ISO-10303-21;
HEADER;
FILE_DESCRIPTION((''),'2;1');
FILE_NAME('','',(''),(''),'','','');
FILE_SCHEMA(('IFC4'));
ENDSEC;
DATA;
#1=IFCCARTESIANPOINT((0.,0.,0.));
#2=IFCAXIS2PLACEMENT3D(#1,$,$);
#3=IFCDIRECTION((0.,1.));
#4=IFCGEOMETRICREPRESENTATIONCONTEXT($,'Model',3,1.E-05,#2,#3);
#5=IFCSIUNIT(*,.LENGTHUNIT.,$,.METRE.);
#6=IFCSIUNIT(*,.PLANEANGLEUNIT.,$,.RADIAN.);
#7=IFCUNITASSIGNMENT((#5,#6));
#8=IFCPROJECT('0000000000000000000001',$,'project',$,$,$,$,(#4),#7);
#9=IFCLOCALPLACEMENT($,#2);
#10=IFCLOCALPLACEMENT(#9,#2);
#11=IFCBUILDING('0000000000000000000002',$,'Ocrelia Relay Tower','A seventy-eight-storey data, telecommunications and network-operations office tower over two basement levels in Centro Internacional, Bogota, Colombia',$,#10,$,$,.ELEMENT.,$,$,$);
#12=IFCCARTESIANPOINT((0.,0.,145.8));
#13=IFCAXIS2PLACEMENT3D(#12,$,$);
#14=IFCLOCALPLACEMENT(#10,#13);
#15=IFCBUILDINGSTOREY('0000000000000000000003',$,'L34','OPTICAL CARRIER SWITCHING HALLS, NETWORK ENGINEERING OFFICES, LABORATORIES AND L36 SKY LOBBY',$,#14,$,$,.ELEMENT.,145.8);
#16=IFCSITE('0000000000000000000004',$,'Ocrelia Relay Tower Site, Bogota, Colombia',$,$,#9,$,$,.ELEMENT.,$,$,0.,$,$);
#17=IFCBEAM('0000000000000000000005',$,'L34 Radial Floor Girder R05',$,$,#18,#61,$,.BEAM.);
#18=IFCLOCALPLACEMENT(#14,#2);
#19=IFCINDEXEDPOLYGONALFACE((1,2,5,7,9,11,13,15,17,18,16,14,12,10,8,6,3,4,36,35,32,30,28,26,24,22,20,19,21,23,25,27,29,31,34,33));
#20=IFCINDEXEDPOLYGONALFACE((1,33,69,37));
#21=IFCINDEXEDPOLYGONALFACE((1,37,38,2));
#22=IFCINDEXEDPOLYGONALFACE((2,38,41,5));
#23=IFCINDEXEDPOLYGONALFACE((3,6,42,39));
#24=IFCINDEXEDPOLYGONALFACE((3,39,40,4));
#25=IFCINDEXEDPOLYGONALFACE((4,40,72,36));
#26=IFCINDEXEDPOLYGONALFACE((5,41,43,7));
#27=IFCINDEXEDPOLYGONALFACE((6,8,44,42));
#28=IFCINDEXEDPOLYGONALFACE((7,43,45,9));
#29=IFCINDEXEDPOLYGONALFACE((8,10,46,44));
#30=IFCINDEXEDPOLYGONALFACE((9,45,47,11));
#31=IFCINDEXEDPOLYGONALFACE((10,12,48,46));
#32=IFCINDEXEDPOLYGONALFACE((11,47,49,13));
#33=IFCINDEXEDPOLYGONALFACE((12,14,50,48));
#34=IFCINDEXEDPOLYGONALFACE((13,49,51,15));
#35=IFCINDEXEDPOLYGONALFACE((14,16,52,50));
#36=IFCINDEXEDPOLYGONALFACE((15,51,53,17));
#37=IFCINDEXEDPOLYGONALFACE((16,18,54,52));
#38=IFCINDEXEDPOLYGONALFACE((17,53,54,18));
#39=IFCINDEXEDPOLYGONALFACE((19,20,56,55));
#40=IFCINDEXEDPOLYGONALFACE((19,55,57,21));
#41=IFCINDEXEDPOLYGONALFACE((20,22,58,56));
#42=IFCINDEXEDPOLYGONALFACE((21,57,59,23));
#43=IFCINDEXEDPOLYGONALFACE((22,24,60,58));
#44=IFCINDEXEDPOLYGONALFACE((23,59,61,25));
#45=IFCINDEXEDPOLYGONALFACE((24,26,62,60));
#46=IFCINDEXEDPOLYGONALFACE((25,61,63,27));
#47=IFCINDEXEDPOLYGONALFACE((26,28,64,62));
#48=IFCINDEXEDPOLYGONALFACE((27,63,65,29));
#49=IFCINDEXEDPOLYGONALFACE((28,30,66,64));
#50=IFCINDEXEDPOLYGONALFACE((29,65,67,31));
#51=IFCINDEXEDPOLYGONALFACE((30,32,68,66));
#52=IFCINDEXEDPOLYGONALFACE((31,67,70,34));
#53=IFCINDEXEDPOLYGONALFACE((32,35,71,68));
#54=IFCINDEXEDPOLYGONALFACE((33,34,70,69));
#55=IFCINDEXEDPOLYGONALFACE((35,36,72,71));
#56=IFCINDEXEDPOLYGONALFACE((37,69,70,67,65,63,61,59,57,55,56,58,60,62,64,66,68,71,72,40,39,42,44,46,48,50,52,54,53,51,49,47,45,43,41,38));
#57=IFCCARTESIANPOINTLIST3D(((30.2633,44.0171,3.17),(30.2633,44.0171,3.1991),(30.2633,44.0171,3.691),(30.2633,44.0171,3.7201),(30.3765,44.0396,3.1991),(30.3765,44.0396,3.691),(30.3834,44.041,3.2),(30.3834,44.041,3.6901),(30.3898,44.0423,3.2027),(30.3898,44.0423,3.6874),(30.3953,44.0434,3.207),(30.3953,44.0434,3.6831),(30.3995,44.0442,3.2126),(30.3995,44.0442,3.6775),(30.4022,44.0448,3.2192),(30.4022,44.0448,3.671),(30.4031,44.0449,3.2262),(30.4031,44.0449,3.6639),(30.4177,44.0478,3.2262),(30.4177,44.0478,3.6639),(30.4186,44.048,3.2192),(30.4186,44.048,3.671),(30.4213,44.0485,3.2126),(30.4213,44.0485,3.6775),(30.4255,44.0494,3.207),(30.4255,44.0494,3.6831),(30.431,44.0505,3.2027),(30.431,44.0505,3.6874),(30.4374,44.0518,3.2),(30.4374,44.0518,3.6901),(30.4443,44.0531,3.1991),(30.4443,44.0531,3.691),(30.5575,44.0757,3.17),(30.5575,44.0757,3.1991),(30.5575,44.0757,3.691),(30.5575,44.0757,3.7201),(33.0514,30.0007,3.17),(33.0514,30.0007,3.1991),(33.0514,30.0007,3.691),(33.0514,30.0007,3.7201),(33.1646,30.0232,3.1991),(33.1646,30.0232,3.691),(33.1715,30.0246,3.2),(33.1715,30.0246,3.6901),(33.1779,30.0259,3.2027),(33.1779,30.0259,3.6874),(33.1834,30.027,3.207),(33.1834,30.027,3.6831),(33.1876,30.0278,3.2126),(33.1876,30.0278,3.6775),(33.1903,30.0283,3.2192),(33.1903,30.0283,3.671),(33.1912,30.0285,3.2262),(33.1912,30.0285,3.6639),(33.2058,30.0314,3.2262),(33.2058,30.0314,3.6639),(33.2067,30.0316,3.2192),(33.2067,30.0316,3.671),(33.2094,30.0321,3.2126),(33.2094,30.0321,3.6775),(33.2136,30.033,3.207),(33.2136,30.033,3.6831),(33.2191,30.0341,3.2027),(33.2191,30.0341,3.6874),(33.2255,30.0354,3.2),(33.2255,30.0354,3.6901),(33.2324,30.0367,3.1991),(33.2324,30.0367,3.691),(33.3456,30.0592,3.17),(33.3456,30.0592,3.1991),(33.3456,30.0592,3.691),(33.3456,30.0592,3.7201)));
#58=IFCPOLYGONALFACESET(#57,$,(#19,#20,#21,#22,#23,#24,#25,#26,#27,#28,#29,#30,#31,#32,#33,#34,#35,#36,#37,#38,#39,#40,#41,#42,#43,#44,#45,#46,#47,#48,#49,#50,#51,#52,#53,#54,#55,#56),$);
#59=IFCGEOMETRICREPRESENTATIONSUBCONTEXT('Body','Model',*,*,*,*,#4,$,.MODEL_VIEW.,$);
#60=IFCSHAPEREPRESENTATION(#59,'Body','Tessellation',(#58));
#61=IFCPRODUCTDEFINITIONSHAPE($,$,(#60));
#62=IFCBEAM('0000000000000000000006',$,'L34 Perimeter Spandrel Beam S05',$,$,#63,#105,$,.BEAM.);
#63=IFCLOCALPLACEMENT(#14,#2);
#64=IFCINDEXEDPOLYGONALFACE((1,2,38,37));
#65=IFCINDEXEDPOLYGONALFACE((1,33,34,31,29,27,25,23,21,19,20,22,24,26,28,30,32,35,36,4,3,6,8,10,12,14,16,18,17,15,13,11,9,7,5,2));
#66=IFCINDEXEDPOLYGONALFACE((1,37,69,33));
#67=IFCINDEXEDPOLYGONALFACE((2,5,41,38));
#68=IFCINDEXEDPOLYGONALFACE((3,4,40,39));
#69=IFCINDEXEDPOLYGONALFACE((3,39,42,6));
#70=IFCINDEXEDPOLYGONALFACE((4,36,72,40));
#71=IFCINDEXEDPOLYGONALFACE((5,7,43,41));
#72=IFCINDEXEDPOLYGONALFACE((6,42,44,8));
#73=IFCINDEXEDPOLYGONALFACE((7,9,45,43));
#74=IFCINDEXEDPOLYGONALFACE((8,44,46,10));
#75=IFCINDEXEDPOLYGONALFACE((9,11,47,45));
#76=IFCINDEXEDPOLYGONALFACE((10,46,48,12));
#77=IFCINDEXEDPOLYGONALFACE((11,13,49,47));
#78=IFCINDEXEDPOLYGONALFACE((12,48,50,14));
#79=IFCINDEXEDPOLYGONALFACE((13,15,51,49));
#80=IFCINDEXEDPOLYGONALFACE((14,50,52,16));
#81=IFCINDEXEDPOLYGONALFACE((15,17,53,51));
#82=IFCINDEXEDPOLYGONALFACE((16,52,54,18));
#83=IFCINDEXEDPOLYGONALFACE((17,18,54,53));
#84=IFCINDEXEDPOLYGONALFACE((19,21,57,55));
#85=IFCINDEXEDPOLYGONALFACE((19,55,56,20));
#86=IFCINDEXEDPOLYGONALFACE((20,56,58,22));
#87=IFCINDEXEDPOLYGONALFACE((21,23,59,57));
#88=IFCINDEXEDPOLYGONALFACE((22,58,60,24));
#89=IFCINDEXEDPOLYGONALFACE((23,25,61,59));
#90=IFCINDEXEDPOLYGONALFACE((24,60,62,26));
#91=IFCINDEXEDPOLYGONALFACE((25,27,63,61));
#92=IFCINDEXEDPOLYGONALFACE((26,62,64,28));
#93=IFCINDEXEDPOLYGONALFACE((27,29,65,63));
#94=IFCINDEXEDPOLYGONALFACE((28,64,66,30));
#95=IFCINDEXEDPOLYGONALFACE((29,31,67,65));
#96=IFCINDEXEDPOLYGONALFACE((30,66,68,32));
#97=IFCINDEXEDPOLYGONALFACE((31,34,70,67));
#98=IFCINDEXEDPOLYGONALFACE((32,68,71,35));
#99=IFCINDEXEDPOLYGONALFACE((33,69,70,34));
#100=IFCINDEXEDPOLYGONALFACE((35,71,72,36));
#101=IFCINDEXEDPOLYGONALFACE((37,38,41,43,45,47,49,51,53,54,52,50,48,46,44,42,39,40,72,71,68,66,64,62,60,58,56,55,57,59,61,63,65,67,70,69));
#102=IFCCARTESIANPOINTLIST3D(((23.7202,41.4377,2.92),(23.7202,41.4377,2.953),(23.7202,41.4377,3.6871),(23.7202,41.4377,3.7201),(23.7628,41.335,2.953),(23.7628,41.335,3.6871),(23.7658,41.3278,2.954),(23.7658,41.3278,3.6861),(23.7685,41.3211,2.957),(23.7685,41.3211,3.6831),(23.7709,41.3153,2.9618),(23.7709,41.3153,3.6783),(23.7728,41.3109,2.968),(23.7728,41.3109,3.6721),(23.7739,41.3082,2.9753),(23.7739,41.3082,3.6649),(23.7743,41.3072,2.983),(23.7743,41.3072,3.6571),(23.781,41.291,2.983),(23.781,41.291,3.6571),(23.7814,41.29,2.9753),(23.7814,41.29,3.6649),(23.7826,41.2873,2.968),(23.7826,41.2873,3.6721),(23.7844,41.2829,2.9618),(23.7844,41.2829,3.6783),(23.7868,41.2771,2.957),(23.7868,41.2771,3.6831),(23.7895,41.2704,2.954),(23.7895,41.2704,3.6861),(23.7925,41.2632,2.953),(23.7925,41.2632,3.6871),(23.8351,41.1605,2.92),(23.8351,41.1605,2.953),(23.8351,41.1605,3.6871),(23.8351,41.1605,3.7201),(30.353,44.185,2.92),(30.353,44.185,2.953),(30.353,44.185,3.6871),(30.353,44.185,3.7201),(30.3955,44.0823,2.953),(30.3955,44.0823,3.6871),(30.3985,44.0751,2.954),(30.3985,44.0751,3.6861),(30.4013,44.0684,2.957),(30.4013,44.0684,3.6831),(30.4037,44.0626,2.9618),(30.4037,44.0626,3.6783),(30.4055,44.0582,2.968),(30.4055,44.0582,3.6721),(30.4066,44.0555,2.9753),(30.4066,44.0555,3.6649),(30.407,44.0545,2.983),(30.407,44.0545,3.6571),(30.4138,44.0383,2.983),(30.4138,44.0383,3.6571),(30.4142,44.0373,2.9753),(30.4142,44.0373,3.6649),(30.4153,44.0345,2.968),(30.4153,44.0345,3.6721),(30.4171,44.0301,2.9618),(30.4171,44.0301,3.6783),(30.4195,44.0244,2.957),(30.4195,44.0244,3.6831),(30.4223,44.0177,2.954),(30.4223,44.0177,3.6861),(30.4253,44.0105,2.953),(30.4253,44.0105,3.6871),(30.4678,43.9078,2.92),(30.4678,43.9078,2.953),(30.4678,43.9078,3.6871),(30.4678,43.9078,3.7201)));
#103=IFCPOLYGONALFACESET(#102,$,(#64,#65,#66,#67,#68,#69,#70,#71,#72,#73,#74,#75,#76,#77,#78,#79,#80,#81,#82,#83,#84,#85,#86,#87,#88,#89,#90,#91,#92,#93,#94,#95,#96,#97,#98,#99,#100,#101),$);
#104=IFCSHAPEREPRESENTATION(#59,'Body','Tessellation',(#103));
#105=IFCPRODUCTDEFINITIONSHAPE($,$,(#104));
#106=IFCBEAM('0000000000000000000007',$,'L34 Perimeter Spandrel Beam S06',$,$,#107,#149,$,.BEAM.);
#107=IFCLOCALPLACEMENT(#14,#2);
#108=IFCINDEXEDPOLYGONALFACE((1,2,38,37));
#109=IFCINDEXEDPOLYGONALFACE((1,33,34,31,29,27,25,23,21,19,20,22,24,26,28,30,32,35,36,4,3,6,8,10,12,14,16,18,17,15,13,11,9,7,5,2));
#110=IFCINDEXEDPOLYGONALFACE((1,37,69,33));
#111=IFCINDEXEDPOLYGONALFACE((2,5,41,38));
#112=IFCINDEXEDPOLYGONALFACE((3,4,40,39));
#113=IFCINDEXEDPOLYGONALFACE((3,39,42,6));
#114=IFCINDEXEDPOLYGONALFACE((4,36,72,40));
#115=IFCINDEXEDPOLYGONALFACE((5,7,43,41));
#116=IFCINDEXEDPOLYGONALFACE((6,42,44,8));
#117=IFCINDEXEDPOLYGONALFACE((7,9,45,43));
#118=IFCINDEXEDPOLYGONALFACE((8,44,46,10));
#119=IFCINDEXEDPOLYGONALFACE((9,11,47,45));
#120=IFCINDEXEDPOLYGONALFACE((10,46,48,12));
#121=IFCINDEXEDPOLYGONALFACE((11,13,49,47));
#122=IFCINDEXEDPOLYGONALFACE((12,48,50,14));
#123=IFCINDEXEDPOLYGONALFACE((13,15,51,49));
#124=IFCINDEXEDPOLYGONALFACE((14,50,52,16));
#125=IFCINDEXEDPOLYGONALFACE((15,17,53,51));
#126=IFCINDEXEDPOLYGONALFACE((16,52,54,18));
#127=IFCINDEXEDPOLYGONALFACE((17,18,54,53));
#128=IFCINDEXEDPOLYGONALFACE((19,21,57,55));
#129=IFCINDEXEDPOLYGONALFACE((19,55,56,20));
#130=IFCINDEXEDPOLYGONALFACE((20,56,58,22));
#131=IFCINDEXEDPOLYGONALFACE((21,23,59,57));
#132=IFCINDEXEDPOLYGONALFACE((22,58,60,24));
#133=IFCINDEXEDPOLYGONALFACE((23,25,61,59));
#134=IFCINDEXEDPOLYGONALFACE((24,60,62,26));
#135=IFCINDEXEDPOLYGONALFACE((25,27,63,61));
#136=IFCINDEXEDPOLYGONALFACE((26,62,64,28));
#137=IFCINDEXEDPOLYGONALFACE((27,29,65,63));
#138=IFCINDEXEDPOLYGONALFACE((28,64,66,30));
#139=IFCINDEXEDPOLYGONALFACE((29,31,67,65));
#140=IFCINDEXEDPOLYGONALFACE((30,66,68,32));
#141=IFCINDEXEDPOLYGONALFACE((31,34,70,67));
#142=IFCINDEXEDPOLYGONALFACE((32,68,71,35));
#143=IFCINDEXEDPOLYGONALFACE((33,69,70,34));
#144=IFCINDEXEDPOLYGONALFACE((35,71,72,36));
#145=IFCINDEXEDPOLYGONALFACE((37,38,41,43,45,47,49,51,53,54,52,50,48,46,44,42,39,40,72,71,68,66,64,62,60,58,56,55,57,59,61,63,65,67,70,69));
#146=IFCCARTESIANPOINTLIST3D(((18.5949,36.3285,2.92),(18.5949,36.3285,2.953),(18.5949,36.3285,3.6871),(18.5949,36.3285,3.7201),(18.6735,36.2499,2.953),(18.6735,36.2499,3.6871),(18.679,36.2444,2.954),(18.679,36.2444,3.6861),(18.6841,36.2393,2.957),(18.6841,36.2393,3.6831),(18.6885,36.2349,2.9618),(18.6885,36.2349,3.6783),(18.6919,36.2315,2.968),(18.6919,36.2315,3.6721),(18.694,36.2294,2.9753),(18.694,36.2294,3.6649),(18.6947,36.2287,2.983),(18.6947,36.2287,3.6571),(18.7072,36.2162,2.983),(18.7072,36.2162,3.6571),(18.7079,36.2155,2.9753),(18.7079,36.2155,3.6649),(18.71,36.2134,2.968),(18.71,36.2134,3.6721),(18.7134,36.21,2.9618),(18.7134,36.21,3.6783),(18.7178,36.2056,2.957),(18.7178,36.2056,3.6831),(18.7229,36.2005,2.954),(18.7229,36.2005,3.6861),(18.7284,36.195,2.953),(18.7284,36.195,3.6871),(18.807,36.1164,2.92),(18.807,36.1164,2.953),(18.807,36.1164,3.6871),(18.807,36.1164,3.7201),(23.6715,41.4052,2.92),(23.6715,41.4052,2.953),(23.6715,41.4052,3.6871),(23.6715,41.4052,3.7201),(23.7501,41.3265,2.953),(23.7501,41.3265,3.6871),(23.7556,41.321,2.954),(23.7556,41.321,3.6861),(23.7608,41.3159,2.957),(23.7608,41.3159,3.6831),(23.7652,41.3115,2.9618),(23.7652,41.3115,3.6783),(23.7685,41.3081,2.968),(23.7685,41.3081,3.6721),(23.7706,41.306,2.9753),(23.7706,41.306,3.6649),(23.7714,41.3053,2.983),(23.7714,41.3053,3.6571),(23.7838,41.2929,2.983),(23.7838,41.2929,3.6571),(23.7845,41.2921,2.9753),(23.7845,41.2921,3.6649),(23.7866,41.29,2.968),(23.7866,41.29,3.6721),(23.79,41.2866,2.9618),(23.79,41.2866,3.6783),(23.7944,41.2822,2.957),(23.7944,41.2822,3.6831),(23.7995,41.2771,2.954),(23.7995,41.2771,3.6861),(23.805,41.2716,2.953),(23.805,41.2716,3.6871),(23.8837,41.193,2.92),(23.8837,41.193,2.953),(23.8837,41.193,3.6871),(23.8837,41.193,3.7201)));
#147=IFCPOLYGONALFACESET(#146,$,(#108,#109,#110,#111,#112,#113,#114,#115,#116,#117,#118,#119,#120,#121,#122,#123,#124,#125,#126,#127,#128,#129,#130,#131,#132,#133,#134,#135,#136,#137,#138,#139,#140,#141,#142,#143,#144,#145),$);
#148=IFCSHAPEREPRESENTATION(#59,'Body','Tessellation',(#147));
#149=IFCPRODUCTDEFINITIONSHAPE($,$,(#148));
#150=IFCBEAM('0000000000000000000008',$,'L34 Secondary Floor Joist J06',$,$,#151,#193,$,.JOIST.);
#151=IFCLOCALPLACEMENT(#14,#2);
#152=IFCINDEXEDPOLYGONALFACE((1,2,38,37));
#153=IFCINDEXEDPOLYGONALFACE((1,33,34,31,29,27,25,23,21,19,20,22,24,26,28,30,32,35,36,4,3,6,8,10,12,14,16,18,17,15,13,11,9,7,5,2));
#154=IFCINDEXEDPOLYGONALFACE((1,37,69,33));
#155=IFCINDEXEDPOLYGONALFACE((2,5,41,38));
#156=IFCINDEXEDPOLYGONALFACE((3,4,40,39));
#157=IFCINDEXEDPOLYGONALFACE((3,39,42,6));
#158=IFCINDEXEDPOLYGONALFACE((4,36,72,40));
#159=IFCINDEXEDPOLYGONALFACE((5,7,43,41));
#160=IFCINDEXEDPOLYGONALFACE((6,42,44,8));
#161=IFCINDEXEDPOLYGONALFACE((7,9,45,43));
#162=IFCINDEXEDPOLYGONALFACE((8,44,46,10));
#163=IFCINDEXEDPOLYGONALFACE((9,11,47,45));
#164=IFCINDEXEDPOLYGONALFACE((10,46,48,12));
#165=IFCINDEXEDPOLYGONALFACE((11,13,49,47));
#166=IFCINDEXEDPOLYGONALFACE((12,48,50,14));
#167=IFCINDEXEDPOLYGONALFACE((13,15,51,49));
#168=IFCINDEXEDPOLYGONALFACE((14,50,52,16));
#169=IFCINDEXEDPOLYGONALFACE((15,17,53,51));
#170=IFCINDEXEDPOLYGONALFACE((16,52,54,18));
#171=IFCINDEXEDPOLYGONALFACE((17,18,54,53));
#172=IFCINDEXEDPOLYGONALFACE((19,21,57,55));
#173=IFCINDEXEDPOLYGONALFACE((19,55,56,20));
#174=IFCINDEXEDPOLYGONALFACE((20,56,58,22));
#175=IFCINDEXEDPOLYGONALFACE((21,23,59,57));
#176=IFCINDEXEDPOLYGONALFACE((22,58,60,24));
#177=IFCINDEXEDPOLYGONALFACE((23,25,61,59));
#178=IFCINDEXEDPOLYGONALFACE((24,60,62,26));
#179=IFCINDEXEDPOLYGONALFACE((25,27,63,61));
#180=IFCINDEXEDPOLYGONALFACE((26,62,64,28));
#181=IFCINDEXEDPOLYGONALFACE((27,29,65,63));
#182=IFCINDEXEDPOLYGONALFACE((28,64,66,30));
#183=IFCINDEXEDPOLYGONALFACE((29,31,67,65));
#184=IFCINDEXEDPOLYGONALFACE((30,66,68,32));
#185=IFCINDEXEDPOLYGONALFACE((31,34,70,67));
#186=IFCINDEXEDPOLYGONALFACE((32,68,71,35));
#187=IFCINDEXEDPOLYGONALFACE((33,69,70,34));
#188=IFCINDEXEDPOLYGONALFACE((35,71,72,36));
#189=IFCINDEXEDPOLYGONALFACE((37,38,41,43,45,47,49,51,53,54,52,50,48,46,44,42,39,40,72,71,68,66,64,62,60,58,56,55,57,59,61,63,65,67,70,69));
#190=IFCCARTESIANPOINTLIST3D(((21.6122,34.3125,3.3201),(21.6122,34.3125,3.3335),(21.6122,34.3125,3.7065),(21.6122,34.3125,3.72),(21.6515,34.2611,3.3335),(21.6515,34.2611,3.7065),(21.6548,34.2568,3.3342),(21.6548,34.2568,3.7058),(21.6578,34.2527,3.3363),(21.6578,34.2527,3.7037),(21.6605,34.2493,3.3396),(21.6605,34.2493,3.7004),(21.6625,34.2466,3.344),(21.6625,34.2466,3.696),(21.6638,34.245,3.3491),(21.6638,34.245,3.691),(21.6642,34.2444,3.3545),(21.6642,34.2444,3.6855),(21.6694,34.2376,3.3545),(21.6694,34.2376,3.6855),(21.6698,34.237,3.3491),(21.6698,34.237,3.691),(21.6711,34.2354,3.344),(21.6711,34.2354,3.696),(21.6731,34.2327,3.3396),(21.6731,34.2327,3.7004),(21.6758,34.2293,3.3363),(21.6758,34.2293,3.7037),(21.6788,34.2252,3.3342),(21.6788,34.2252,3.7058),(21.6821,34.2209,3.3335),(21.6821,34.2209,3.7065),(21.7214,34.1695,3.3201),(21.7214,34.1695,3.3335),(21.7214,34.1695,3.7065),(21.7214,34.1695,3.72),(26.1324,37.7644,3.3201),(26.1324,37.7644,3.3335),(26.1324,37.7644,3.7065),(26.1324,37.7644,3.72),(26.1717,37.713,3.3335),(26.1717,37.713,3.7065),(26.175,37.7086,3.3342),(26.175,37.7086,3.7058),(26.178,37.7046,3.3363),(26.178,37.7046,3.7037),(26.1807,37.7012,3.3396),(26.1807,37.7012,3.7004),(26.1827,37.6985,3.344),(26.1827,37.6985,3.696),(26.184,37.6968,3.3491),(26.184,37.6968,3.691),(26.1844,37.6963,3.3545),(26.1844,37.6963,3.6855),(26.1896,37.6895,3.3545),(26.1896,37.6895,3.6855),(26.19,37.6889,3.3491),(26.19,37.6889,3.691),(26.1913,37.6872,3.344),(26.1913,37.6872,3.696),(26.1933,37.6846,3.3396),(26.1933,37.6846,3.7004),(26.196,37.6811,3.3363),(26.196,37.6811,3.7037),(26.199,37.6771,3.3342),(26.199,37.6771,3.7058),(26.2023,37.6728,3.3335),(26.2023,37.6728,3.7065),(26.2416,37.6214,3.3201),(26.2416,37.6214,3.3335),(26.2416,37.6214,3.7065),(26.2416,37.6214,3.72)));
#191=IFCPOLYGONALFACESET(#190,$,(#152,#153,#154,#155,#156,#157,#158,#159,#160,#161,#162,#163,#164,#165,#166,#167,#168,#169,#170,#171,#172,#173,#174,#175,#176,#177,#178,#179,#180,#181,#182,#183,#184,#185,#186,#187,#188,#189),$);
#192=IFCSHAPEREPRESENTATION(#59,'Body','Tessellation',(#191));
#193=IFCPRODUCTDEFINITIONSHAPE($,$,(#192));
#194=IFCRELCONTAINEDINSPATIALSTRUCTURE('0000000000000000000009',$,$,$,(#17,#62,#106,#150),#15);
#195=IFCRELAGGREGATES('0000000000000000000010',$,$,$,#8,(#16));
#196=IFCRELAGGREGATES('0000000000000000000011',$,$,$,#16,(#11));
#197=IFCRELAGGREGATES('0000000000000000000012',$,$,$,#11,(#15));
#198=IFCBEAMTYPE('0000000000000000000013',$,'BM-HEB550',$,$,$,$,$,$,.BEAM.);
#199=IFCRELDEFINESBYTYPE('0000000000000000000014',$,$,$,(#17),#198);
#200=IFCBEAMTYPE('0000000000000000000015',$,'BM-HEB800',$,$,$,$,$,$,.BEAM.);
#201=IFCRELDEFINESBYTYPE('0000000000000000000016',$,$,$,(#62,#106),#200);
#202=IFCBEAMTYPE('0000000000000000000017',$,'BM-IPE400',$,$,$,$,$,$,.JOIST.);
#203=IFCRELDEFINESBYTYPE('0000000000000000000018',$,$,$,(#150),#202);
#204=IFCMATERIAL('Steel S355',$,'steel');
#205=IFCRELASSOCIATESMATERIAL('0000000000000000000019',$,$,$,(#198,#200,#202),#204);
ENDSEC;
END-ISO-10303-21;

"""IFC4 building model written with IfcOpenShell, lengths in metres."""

from ifc_helpers import new_model, si_unit, direction, frame, origin, origin_2d, place, context, subcontext, project, spatial, i_section, extrude, material, material_profile, profile_set, type_object, element, save


model = new_model("IFC4")

# Units and contexts
model_context = context("Model", 3, precision=1e-05, world=origin(), true_north=direction((0.0, 1.0)))
body_context = subcontext(model_context, "Body", "Model", "MODEL_VIEW")
ifc_project = project(units=[si_unit("LENGTHUNIT", "METRE"), si_unit("PLANEANGLEUNIT", "RADIAN")], contexts=[model_context])

# Site, building, storey
site_placement = place(None, origin())
site = spatial("IfcSite", under=ifc_project, at=site_placement, Name="Ocrelia Relay Tower Site, Bogota, Colombia", CompositionType="ELEMENT", RefElevation=0.0)
building_placement = place(site_placement, origin())
building = spatial("IfcBuilding", under=site, at=building_placement, Name="Ocrelia Relay Tower", Description="A seventy-eight-storey data, telecommunications and network-operations office tower over two basement levels in Centro Internacional, Bogota, Colombia", CompositionType="ELEMENT")
storey_placement = place(building_placement, frame((0.0, 0.0, 145.8)))
storey = spatial("IfcBuildingStorey", under=building, at=storey_placement, Name="L34", Description="OPTICAL CARRIER SWITCHING HALLS, NETWORK ENGINEERING OFFICES, LABORATORIES AND L36 SKY LOBBY", CompositionType="ELEMENT", Elevation=145.8)

# Beams
ifc_material_1 = material(Name="Steel S355", Category="steel")
ifc_material_profile_1 = material_profile(ifc_material_1, i_section(OverallWidth=0.3, OverallDepth=0.55, WebThickness=0.0149, FlangeThickness=0.0291, FilletRadius=0.0271, at=origin_2d()), Name="HEB 550")
ifc_profile_set_1 = profile_set([ifc_material_profile_1], Name="Steel S355")
beam_type_1 = type_object("IfcBeamType", Name="BM-HEB550", PredefinedType="BEAM", material=ifc_profile_set_1)
beam_1_placement = place(storey_placement, frame((30.4104, 44.0464, 3.4451), z_axis=(0.195094, -0.980784, 0.0), x_axis=(0.980784, 0.195094, 0.0)))
element("IfcBeam", 1, at=beam_1_placement, inside=storey, type_object=beam_type_1, Name="L34 Radial Floor Girder R05", PredefinedType="BEAM", context=body_context, shape_type="SweptSolid", body=[
    extrude(i_section(OverallWidth=0.3, OverallDepth=0.55, WebThickness=0.0149, FlangeThickness=0.0291, FilletRadius=0.0271, at=origin_2d()), origin(), (0.0, 0.0, 1.0), 14.291),
])
ifc_material_profile_2 = material_profile(ifc_material_1, i_section(OverallWidth=0.3, OverallDepth=0.8, WebThickness=0.0176, FlangeThickness=0.033, FilletRadius=0.03, at=origin_2d()), Name="HEB 800")
ifc_profile_set_2 = profile_set([ifc_material_profile_2], Name="Steel S355")
beam_type_2 = type_object("IfcBeamType", Name="BM-HEB800", PredefinedType="BEAM", material=ifc_profile_set_2)
beam_2_placement = place(storey_placement, frame((30.4104, 44.0464, 3.3201), z_axis=(-0.923884, -0.382673, 0.0), x_axis=(0.382673, -0.923884, 0.0)))
element("IfcBeam", 2, at=beam_2_placement, inside=storey, type_object=beam_type_2, Name="L34 Perimeter Spandrel Beam S05", PredefinedType="BEAM", context=body_context, shape_type="SweptSolid", body=[
    extrude(i_section(OverallWidth=0.3, OverallDepth=0.8, WebThickness=0.0176, FlangeThickness=0.033, FilletRadius=0.03, at=origin_2d()), origin(), (0.0, 0.0, 1.0), 7.1792),
])
beam_3_placement = place(storey_placement, frame((23.7776, 41.2991, 3.3201), z_axis=(-0.707107, -0.707107, 0.0), x_axis=(0.707107, -0.707107, 0.0)))
element("IfcBeam", 3, at=beam_3_placement, inside=storey, type_object=beam_type_2, Name="L34 Perimeter Spandrel Beam S06", PredefinedType="BEAM", context=body_context, shape_type="SweptSolid", body=[
    extrude(i_section(OverallWidth=0.3, OverallDepth=0.8, WebThickness=0.0176, FlangeThickness=0.033, FilletRadius=0.03, at=origin_2d()), origin(), (0.0, 0.0, 1.0), 7.1794),
])
ifc_material_profile_3 = material_profile(ifc_material_1, i_section(OverallWidth=0.1799, OverallDepth=0.3999, WebThickness=0.0085, FlangeThickness=0.0134, FilletRadius=0.021, at=origin_2d()), Name="IPE 400")
ifc_profile_set_3 = profile_set([ifc_material_profile_3], Name="Steel S355")
beam_type_3 = type_object("IfcBeamType", Name="BM-IPE400", PredefinedType="JOIST", material=ifc_profile_set_3)
beam_4_placement = place(storey_placement, frame((26.187, 37.6929, 3.52), z_axis=(-0.794762, -0.606921, 0.0), x_axis=(0.606921, -0.794762, 0.0)))
element("IfcBeam", 4, at=beam_4_placement, inside=storey, type_object=beam_type_3, Name="L34 Secondary Floor Joist J06", PredefinedType="JOIST", context=body_context, shape_type="SweptSolid", body=[
    extrude(i_section(OverallWidth=0.1799, OverallDepth=0.3999, WebThickness=0.0085, FlangeThickness=0.0134, FilletRadius=0.021, at=origin_2d()), origin(), (0.0, 0.0, 1.0), 5.6875),
])

save(model, "model.ifc")
